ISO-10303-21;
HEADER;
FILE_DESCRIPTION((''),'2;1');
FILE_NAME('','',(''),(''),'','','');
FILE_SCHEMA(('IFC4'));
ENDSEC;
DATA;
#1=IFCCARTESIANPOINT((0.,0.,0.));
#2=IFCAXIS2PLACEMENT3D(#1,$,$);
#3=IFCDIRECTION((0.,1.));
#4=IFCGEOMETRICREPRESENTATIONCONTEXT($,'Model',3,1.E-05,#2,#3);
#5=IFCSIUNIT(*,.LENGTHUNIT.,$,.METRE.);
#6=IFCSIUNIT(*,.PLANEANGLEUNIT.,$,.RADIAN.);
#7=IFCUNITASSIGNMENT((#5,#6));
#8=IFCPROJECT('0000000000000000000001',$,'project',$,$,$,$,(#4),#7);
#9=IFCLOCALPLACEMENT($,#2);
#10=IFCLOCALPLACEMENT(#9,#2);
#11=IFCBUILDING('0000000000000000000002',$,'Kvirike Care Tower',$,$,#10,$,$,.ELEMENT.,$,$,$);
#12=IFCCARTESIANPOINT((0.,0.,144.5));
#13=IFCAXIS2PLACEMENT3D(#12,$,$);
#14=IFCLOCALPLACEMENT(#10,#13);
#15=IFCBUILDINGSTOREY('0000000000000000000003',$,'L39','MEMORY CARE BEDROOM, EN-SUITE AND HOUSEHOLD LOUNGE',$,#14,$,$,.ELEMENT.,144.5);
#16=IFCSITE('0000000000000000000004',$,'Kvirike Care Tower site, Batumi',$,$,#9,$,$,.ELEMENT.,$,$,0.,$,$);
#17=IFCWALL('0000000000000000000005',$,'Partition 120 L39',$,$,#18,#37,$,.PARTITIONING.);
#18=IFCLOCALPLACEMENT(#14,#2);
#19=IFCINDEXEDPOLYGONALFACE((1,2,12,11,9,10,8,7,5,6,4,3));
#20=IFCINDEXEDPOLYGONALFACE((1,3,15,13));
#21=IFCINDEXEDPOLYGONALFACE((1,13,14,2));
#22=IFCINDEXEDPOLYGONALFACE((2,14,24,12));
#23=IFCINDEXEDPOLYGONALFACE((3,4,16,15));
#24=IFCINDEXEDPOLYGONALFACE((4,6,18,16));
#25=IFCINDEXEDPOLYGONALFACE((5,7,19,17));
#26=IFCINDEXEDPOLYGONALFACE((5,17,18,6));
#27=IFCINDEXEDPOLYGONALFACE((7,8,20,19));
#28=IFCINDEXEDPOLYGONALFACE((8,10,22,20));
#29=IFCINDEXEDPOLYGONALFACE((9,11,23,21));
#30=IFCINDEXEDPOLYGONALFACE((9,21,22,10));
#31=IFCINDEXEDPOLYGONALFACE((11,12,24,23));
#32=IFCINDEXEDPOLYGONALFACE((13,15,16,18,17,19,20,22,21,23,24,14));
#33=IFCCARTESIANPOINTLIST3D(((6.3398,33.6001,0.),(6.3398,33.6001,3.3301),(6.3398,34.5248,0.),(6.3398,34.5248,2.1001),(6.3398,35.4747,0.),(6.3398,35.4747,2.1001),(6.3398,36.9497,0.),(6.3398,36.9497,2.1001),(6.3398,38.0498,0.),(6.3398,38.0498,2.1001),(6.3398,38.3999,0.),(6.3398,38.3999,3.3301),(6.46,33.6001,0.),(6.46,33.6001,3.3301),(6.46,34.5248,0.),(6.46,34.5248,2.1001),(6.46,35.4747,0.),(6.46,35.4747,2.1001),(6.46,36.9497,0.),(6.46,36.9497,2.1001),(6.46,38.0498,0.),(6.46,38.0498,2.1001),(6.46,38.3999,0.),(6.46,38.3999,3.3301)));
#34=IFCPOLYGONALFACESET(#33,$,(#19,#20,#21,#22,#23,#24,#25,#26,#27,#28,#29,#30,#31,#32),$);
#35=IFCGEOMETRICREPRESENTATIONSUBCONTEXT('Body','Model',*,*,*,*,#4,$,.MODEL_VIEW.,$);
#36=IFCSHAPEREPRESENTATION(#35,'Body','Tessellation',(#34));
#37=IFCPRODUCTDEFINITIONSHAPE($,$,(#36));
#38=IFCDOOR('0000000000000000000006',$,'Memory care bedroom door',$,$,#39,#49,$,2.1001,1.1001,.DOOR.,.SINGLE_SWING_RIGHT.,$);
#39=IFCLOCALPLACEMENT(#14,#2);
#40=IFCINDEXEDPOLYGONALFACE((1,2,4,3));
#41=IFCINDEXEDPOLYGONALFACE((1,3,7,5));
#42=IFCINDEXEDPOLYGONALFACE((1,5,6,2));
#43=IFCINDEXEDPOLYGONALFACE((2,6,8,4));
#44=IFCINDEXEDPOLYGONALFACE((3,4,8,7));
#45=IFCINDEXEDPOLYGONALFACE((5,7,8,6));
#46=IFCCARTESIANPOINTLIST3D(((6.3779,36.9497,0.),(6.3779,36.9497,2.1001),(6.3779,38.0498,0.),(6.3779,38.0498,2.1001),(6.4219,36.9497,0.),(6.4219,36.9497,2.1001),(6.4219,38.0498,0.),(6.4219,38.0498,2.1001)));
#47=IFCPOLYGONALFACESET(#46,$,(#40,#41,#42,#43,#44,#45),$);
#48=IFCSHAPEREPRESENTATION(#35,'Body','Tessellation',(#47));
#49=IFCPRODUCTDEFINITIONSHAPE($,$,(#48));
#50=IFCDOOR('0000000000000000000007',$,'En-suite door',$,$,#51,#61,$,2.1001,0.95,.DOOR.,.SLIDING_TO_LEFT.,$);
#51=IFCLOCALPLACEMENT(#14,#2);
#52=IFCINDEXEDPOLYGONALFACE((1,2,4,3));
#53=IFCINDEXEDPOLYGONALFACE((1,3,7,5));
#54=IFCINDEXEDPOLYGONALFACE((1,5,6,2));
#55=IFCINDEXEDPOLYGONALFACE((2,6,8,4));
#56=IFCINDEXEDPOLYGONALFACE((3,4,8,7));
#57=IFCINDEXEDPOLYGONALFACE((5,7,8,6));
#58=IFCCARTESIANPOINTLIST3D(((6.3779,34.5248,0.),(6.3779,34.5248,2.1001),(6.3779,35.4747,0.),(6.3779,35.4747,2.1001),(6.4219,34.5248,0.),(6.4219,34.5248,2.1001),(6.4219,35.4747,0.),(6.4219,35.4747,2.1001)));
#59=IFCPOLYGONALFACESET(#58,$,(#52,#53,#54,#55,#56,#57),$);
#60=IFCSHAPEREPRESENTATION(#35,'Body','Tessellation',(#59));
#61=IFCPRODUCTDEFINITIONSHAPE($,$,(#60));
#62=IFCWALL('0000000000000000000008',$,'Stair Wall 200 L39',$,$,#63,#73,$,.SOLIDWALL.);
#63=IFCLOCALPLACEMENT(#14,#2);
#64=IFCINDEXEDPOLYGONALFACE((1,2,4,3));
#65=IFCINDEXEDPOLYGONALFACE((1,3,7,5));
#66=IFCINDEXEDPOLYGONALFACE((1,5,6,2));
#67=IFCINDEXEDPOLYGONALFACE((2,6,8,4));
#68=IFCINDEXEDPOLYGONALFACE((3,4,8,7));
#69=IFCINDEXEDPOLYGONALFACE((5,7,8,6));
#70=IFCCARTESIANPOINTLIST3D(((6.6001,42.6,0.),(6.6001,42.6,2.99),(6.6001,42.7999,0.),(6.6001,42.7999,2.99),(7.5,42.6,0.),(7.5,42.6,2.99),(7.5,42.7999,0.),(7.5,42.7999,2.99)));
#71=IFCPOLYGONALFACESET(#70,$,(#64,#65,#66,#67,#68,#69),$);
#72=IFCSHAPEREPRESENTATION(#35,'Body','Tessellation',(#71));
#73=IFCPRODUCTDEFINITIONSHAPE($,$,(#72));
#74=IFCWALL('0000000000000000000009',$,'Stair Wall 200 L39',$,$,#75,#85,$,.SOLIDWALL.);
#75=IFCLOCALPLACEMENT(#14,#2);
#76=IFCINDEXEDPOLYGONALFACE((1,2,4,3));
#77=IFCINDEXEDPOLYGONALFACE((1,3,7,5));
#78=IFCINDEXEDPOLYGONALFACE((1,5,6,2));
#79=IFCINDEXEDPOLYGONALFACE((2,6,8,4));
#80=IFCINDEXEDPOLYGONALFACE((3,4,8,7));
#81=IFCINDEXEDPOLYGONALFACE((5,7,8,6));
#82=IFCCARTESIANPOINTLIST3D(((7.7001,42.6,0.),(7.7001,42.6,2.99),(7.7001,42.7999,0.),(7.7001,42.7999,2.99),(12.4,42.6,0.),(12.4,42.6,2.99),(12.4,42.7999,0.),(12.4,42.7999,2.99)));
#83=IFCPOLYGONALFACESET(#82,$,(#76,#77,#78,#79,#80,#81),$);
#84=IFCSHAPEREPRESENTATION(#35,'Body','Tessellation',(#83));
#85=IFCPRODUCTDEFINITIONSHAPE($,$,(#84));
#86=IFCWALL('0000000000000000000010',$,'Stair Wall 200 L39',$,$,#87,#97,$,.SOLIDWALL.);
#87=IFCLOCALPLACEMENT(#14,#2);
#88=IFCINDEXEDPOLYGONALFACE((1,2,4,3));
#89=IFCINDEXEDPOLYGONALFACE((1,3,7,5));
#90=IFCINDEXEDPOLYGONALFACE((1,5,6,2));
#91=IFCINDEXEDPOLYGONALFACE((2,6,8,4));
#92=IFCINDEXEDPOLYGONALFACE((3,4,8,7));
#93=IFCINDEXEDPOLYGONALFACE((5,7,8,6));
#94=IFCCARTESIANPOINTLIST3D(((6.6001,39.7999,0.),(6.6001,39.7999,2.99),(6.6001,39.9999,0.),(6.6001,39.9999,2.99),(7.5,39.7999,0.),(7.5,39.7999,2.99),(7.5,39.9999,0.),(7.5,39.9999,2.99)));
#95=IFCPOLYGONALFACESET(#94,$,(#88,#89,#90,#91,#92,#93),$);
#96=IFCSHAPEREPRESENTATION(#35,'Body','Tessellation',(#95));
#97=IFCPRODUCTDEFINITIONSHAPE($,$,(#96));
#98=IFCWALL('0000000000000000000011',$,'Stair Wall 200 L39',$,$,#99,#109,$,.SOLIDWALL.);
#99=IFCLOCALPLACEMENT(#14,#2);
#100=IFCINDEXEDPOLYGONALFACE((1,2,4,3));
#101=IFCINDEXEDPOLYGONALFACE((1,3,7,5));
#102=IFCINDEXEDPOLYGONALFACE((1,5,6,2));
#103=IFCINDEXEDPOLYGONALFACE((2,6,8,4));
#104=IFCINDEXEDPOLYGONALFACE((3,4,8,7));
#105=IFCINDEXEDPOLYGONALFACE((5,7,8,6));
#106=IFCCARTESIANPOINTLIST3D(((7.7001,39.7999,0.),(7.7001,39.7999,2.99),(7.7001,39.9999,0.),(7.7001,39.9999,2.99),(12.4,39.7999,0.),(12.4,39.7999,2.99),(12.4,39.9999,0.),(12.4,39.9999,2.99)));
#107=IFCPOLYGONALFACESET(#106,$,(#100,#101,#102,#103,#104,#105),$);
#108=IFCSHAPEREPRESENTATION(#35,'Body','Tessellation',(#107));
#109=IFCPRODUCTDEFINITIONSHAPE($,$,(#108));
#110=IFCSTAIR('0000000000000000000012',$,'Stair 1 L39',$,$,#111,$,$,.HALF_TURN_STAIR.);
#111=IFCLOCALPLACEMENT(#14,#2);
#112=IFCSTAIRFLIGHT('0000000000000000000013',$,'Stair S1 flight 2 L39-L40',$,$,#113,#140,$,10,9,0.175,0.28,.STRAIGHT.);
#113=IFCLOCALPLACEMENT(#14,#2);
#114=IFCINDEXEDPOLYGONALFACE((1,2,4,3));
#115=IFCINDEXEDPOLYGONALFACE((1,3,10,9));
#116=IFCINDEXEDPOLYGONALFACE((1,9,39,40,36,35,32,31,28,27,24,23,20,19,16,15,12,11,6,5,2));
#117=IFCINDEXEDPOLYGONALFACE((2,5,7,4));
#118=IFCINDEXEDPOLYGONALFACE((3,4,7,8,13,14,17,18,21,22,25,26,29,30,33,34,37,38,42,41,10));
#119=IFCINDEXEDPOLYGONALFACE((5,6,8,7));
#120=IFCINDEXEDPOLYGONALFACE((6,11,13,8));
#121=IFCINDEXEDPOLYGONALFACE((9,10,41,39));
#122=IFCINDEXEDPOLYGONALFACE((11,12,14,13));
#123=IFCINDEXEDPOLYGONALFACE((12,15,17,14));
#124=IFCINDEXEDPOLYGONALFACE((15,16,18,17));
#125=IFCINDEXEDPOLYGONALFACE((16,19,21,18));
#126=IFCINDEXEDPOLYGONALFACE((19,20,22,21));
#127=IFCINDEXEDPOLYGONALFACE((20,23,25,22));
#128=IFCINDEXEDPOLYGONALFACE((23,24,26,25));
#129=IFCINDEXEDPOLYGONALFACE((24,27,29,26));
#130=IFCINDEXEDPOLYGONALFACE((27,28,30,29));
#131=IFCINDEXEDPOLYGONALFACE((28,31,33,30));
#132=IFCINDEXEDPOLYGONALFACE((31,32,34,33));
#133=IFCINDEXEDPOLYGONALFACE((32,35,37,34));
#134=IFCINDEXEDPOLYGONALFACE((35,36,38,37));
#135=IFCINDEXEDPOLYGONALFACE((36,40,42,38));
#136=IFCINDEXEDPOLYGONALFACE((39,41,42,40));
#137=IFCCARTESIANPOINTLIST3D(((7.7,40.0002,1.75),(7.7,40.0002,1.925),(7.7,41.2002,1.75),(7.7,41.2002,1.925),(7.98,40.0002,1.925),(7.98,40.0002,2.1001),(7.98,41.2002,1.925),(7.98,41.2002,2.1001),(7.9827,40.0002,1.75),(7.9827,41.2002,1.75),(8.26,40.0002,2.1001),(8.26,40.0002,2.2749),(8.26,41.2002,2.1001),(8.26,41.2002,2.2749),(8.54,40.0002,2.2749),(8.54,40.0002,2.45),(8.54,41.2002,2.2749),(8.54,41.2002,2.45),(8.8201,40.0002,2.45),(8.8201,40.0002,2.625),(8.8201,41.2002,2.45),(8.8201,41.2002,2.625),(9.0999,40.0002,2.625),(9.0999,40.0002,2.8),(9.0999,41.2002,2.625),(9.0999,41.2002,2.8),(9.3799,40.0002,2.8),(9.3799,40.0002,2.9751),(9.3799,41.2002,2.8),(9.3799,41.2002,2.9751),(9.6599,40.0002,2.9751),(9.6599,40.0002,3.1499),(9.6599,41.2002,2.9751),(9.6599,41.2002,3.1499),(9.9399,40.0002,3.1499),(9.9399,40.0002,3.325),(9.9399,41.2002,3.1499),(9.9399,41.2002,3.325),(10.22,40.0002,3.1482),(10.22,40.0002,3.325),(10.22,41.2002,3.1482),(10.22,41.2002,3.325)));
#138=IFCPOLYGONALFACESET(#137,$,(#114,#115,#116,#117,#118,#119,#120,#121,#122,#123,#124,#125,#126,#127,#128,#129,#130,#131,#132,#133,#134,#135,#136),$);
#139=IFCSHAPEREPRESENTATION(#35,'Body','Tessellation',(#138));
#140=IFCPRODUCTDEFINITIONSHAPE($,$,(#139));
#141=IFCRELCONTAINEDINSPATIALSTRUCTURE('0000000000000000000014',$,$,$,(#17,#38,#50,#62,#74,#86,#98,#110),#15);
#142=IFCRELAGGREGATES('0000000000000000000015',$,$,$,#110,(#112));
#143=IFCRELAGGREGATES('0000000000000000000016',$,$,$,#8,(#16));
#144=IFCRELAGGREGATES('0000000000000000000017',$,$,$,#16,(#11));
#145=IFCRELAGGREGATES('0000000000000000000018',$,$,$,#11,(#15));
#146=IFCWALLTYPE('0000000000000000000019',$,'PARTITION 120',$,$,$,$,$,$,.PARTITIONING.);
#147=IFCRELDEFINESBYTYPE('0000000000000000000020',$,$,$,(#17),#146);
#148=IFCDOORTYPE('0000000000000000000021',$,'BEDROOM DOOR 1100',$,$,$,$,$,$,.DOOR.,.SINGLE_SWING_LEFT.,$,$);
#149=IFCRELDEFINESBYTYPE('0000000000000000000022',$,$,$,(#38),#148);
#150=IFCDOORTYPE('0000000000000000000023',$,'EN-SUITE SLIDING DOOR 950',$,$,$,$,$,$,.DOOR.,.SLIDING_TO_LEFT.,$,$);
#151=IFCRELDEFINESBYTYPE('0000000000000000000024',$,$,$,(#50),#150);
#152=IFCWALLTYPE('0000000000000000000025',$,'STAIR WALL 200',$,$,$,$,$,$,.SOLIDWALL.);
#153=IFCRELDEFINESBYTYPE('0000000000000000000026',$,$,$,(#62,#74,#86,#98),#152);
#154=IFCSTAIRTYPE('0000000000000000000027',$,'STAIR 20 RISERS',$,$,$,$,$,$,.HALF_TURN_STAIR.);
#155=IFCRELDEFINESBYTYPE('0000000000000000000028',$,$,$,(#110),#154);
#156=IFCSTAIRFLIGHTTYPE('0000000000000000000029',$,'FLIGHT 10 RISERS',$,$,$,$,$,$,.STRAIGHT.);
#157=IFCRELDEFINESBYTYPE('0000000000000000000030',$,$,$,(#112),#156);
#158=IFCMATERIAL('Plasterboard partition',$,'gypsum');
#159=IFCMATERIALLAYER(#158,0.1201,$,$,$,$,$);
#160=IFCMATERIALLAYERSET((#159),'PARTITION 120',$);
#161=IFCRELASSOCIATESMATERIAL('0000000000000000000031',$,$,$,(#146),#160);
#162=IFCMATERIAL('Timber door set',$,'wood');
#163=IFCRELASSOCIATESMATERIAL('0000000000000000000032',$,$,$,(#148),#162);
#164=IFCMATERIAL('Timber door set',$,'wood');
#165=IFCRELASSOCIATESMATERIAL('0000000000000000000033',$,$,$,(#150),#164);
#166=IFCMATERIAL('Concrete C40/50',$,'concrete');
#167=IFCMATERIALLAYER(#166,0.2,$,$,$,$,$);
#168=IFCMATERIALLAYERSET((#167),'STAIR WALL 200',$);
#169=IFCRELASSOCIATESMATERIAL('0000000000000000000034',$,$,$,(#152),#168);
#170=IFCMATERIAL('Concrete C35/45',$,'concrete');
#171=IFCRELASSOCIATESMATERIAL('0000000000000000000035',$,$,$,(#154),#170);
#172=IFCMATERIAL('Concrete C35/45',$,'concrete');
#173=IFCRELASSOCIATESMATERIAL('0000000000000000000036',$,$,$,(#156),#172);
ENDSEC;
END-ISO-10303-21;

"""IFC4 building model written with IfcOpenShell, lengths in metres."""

from ifc_helpers import new_model, si_unit, direction, frame, frame_2d, origin, place, context, subcontext, project, spatial, polyline, rectangle, outline, extrude, material, layer, layer_set, type_object, element, fill, aggregate, save


model = new_model("IFC4")

# Units and contexts
model_context = context("Model", 3, precision=1e-05, world=origin(), true_north=direction((0.0, 1.0)))
body_context = subcontext(model_context, "Body", "Model", "MODEL_VIEW")
ifc_project = project(units=[si_unit("LENGTHUNIT", "METRE"), si_unit("PLANEANGLEUNIT", "RADIAN")], contexts=[model_context])

# Site, building, storey
site_placement = place(None, origin())
site = spatial("IfcSite", under=ifc_project, at=site_placement, Name="Kvirike Care Tower site, Batumi", CompositionType="ELEMENT", RefElevation=0.0)
building_placement = place(site_placement, origin())
building = spatial("IfcBuilding", under=site, at=building_placement, Name="Kvirike Care Tower", CompositionType="ELEMENT")
storey_placement = place(building_placement, frame((0.0, 0.0, 144.5)))
storey = spatial("IfcBuildingStorey", under=building, at=storey_placement, Name="L39", Description="MEMORY CARE BEDROOM, EN-SUITE AND HOUSEHOLD LOUNGE", CompositionType="ELEMENT", Elevation=144.5)

# Wall, openings, doors
ifc_material_1 = material(Name="Plasterboard partition", Category="gypsum")
ifc_layer_1 = layer(ifc_material_1, 0.1201)
ifc_layer_set_1 = layer_set([ifc_layer_1], Name="PARTITION 120")
wall_type_1 = type_object("IfcWallType", Name="PARTITION 120", PredefinedType="PARTITIONING", material=ifc_layer_set_1)
wall_1_placement = place(storey_placement, frame((6.3999, 38.3999, 0.0), z_axis=(0.0, 0.0, 1.0), x_axis=(0.0, -1.0, 0.0)))
wall_1 = element("IfcWall", 1, at=wall_1_placement, inside=storey, type_object=wall_type_1, Name="Partition 120 L39", PredefinedType="PARTITIONING", context=body_context, shape_type="SweptSolid", body=[
    extrude(rectangle(XDim=4.7998, YDim=0.1201, at=frame_2d((2.3999, 0.0))), origin(), (0.0, 0.0, 1.0), 3.3301),
])
opening_1_placement = place(wall_1_placement, frame((0.3501, 0.0, 0.0)))
opening_1 = element("IfcOpeningElement", 2, at=opening_1_placement, cuts=wall_1, PredefinedType="OPENING", context=body_context, shape_type="SweptSolid", body=[
    extrude(rectangle(XDim=1.1001, YDim=2.1001, at=frame_2d((0.55, 1.05))), frame((0.0, 0.0706, 0.0), z_axis=(0.0, -1.0, 0.0), x_axis=(1.0, 0.0, 0.0)), (0.0, 0.0, 1.0), 0.1411),
])
opening_2_placement = place(wall_1_placement, frame((2.925, 0.0, 0.0)))
opening_2 = element("IfcOpeningElement", 3, at=opening_2_placement, cuts=wall_1, PredefinedType="OPENING", context=body_context, shape_type="SweptSolid", body=[
    extrude(rectangle(XDim=0.95, YDim=2.1001, at=frame_2d((0.4751, 1.05))), frame((0.0, 0.0706, 0.0), z_axis=(0.0, -1.0, 0.0), x_axis=(1.0, 0.0, 0.0)), (0.0, 0.0, 1.0), 0.1411),
])
ifc_material_2 = material(Name="Timber door set", Category="wood")
door_type_1 = type_object("IfcDoorType", Name="BEDROOM DOOR 1100", OperationType="SINGLE_SWING_LEFT", PredefinedType="DOOR", material=ifc_material_2)
door_1_placement = place(opening_1_placement, origin())
door_1 = element("IfcDoor", 4, at=door_1_placement, inside=storey, type_object=door_type_1, Name="Memory care bedroom door", OperationType="SINGLE_SWING_RIGHT", OverallHeight=2.1001, OverallWidth=1.1001, PredefinedType="DOOR", context=body_context, shape_type="SweptSolid", body=[
    extrude(rectangle(XDim=1.1001, YDim=2.1001, at=frame_2d((0.55, 1.05))), frame((0.0, 0.022, 0.0), z_axis=(0.0, -1.0, 0.0), x_axis=(1.0, 0.0, 0.0)), (0.0, 0.0, 1.0), 0.0439),
])
fill(opening_1, door_1)
ifc_material_3 = material(Name="Timber door set", Category="wood")
door_type_2 = type_object("IfcDoorType", Name="EN-SUITE SLIDING DOOR 950", OperationType="SLIDING_TO_LEFT", PredefinedType="DOOR", material=ifc_material_3)
door_2_placement = place(opening_2_placement, origin())
door_2 = element("IfcDoor", 5, at=door_2_placement, inside=storey, type_object=door_type_2, Name="En-suite door", OperationType="SLIDING_TO_LEFT", OverallHeight=2.1001, OverallWidth=0.95, PredefinedType="DOOR", context=body_context, shape_type="SweptSolid", body=[
    extrude(rectangle(XDim=0.95, YDim=2.1001, at=frame_2d((0.4751, 1.05))), frame((0.0, 0.022, 0.0), z_axis=(0.0, -1.0, 0.0), x_axis=(1.0, 0.0, 0.0)), (0.0, 0.0, 1.0), 0.0439),
])
fill(opening_2, door_2)

# Walls
ifc_material_4 = material(Name="Concrete C40/50", Category="concrete")
ifc_layer_2 = layer(ifc_material_4, 0.2)
ifc_layer_set_2 = layer_set([ifc_layer_2], Name="STAIR WALL 200")
wall_type_2 = type_object("IfcWallType", Name="STAIR WALL 200", PredefinedType="SOLIDWALL", material=ifc_layer_set_2)
wall_2_placement = place(storey_placement, frame((6.6001, 42.7, 0.0), z_axis=(0.0, 0.0, 1.0), x_axis=(1.0, 0.0, 0.0)))
element("IfcWall", 6, at=wall_2_placement, inside=storey, type_object=wall_type_2, Name="Stair Wall 200 L39", PredefinedType="SOLIDWALL", context=body_context, shape_type="SweptSolid", body=[
    extrude(rectangle(XDim=0.8999, YDim=0.2, at=frame_2d((0.45, 0.0))), origin(), (0.0, 0.0, 1.0), 2.99),
])
wall_3_placement = place(storey_placement, frame((7.7, 42.7, 0.0), z_axis=(0.0, 0.0, 1.0), x_axis=(1.0, 0.0, 0.0)))
element("IfcWall", 7, at=wall_3_placement, inside=storey, type_object=wall_type_2, Name="Stair Wall 200 L39", PredefinedType="SOLIDWALL", context=body_context, shape_type="SweptSolid", body=[
    extrude(rectangle(XDim=4.7, YDim=0.2, at=frame_2d((2.3501, 0.0))), origin(), (0.0, 0.0, 1.0), 2.99),
])
wall_4_placement = place(storey_placement, frame((6.6001, 39.8999, 0.0), z_axis=(0.0, 0.0, 1.0), x_axis=(1.0, 0.0, 0.0)))
element("IfcWall", 8, at=wall_4_placement, inside=storey, type_object=wall_type_2, Name="Stair Wall 200 L39", PredefinedType="SOLIDWALL", context=body_context, shape_type="SweptSolid", body=[
    extrude(rectangle(XDim=0.8999, YDim=0.2, at=frame_2d((0.45, 0.0))), origin(), (0.0, 0.0, 1.0), 2.99),
])
wall_5_placement = place(storey_placement, frame((7.7, 39.8999, 0.0), z_axis=(0.0, 0.0, 1.0), x_axis=(1.0, 0.0, 0.0)))
element("IfcWall", 9, at=wall_5_placement, inside=storey, type_object=wall_type_2, Name="Stair Wall 200 L39", PredefinedType="SOLIDWALL", context=body_context, shape_type="SweptSolid", body=[
    extrude(rectangle(XDim=4.7, YDim=0.2, at=frame_2d((2.3501, 0.0))), origin(), (0.0, 0.0, 1.0), 2.99),
])

# Stair, stair flight
ifc_material_5 = material(Name="Concrete C35/45", Category="concrete")
stair_type = type_object("IfcStairType", Name="STAIR 20 RISERS", PredefinedType="HALF_TURN_STAIR", material=ifc_material_5)
stair_placement = place(storey_placement, origin())
stair = element("IfcStair", 10, at=stair_placement, inside=storey, type_object=stair_type, Name="Stair 1 L39", PredefinedType="HALF_TURN_STAIR")
ifc_material_6 = material(Name="Concrete C35/45", Category="concrete")
stair_flight_type = type_object("IfcStairFlightType", Name="FLIGHT 10 RISERS", PredefinedType="STRAIGHT", material=ifc_material_6)
stair_flight_placement = place(storey_placement, frame((7.7, 40.6001, 1.75), z_axis=(0.0, 0.0, 1.0), x_axis=(1.0, 0.0, 0.0)))
stair_flight = element("IfcStairFlight", 11, at=stair_flight_placement, type_object=stair_flight_type, Name="Stair S1 flight 2 L39-L40", NumberOfRisers=10, NumberOfTreads=9, PredefinedType="STRAIGHT", RiserHeight=0.175, TreadLength=0.28, context=body_context, shape_type="SweptSolid", body=[
    extrude(outline(polyline([(0.0, 0.0), (0.0, 0.175), (0.28, 0.175), (0.28, 0.3501), (0.5601, 0.3501), (0.5601, 0.5249), (0.8401, 0.5249), (0.8401, 0.7), (1.1201, 0.7), (1.1201, 0.875), (1.3999, 0.875), (1.3999, 1.05), (1.6799, 1.05), (1.6799, 1.2251), (1.96, 1.2251), (1.96, 1.3999), (2.24, 1.3999), (2.24, 1.575), (2.52, 1.575), (2.52, 1.75), (2.52, 1.3982), (0.2827, 0.0), (0.0, 0.0)])), frame((0.0, 0.6001, 0.0), z_axis=(0.0, -1.0, 0.0), x_axis=(1.0, 0.0, 0.0)), (0.0, 0.0, 1.0), 1.2),
])
aggregate(stair, [stair_flight])

save(model, "model.ifc")
